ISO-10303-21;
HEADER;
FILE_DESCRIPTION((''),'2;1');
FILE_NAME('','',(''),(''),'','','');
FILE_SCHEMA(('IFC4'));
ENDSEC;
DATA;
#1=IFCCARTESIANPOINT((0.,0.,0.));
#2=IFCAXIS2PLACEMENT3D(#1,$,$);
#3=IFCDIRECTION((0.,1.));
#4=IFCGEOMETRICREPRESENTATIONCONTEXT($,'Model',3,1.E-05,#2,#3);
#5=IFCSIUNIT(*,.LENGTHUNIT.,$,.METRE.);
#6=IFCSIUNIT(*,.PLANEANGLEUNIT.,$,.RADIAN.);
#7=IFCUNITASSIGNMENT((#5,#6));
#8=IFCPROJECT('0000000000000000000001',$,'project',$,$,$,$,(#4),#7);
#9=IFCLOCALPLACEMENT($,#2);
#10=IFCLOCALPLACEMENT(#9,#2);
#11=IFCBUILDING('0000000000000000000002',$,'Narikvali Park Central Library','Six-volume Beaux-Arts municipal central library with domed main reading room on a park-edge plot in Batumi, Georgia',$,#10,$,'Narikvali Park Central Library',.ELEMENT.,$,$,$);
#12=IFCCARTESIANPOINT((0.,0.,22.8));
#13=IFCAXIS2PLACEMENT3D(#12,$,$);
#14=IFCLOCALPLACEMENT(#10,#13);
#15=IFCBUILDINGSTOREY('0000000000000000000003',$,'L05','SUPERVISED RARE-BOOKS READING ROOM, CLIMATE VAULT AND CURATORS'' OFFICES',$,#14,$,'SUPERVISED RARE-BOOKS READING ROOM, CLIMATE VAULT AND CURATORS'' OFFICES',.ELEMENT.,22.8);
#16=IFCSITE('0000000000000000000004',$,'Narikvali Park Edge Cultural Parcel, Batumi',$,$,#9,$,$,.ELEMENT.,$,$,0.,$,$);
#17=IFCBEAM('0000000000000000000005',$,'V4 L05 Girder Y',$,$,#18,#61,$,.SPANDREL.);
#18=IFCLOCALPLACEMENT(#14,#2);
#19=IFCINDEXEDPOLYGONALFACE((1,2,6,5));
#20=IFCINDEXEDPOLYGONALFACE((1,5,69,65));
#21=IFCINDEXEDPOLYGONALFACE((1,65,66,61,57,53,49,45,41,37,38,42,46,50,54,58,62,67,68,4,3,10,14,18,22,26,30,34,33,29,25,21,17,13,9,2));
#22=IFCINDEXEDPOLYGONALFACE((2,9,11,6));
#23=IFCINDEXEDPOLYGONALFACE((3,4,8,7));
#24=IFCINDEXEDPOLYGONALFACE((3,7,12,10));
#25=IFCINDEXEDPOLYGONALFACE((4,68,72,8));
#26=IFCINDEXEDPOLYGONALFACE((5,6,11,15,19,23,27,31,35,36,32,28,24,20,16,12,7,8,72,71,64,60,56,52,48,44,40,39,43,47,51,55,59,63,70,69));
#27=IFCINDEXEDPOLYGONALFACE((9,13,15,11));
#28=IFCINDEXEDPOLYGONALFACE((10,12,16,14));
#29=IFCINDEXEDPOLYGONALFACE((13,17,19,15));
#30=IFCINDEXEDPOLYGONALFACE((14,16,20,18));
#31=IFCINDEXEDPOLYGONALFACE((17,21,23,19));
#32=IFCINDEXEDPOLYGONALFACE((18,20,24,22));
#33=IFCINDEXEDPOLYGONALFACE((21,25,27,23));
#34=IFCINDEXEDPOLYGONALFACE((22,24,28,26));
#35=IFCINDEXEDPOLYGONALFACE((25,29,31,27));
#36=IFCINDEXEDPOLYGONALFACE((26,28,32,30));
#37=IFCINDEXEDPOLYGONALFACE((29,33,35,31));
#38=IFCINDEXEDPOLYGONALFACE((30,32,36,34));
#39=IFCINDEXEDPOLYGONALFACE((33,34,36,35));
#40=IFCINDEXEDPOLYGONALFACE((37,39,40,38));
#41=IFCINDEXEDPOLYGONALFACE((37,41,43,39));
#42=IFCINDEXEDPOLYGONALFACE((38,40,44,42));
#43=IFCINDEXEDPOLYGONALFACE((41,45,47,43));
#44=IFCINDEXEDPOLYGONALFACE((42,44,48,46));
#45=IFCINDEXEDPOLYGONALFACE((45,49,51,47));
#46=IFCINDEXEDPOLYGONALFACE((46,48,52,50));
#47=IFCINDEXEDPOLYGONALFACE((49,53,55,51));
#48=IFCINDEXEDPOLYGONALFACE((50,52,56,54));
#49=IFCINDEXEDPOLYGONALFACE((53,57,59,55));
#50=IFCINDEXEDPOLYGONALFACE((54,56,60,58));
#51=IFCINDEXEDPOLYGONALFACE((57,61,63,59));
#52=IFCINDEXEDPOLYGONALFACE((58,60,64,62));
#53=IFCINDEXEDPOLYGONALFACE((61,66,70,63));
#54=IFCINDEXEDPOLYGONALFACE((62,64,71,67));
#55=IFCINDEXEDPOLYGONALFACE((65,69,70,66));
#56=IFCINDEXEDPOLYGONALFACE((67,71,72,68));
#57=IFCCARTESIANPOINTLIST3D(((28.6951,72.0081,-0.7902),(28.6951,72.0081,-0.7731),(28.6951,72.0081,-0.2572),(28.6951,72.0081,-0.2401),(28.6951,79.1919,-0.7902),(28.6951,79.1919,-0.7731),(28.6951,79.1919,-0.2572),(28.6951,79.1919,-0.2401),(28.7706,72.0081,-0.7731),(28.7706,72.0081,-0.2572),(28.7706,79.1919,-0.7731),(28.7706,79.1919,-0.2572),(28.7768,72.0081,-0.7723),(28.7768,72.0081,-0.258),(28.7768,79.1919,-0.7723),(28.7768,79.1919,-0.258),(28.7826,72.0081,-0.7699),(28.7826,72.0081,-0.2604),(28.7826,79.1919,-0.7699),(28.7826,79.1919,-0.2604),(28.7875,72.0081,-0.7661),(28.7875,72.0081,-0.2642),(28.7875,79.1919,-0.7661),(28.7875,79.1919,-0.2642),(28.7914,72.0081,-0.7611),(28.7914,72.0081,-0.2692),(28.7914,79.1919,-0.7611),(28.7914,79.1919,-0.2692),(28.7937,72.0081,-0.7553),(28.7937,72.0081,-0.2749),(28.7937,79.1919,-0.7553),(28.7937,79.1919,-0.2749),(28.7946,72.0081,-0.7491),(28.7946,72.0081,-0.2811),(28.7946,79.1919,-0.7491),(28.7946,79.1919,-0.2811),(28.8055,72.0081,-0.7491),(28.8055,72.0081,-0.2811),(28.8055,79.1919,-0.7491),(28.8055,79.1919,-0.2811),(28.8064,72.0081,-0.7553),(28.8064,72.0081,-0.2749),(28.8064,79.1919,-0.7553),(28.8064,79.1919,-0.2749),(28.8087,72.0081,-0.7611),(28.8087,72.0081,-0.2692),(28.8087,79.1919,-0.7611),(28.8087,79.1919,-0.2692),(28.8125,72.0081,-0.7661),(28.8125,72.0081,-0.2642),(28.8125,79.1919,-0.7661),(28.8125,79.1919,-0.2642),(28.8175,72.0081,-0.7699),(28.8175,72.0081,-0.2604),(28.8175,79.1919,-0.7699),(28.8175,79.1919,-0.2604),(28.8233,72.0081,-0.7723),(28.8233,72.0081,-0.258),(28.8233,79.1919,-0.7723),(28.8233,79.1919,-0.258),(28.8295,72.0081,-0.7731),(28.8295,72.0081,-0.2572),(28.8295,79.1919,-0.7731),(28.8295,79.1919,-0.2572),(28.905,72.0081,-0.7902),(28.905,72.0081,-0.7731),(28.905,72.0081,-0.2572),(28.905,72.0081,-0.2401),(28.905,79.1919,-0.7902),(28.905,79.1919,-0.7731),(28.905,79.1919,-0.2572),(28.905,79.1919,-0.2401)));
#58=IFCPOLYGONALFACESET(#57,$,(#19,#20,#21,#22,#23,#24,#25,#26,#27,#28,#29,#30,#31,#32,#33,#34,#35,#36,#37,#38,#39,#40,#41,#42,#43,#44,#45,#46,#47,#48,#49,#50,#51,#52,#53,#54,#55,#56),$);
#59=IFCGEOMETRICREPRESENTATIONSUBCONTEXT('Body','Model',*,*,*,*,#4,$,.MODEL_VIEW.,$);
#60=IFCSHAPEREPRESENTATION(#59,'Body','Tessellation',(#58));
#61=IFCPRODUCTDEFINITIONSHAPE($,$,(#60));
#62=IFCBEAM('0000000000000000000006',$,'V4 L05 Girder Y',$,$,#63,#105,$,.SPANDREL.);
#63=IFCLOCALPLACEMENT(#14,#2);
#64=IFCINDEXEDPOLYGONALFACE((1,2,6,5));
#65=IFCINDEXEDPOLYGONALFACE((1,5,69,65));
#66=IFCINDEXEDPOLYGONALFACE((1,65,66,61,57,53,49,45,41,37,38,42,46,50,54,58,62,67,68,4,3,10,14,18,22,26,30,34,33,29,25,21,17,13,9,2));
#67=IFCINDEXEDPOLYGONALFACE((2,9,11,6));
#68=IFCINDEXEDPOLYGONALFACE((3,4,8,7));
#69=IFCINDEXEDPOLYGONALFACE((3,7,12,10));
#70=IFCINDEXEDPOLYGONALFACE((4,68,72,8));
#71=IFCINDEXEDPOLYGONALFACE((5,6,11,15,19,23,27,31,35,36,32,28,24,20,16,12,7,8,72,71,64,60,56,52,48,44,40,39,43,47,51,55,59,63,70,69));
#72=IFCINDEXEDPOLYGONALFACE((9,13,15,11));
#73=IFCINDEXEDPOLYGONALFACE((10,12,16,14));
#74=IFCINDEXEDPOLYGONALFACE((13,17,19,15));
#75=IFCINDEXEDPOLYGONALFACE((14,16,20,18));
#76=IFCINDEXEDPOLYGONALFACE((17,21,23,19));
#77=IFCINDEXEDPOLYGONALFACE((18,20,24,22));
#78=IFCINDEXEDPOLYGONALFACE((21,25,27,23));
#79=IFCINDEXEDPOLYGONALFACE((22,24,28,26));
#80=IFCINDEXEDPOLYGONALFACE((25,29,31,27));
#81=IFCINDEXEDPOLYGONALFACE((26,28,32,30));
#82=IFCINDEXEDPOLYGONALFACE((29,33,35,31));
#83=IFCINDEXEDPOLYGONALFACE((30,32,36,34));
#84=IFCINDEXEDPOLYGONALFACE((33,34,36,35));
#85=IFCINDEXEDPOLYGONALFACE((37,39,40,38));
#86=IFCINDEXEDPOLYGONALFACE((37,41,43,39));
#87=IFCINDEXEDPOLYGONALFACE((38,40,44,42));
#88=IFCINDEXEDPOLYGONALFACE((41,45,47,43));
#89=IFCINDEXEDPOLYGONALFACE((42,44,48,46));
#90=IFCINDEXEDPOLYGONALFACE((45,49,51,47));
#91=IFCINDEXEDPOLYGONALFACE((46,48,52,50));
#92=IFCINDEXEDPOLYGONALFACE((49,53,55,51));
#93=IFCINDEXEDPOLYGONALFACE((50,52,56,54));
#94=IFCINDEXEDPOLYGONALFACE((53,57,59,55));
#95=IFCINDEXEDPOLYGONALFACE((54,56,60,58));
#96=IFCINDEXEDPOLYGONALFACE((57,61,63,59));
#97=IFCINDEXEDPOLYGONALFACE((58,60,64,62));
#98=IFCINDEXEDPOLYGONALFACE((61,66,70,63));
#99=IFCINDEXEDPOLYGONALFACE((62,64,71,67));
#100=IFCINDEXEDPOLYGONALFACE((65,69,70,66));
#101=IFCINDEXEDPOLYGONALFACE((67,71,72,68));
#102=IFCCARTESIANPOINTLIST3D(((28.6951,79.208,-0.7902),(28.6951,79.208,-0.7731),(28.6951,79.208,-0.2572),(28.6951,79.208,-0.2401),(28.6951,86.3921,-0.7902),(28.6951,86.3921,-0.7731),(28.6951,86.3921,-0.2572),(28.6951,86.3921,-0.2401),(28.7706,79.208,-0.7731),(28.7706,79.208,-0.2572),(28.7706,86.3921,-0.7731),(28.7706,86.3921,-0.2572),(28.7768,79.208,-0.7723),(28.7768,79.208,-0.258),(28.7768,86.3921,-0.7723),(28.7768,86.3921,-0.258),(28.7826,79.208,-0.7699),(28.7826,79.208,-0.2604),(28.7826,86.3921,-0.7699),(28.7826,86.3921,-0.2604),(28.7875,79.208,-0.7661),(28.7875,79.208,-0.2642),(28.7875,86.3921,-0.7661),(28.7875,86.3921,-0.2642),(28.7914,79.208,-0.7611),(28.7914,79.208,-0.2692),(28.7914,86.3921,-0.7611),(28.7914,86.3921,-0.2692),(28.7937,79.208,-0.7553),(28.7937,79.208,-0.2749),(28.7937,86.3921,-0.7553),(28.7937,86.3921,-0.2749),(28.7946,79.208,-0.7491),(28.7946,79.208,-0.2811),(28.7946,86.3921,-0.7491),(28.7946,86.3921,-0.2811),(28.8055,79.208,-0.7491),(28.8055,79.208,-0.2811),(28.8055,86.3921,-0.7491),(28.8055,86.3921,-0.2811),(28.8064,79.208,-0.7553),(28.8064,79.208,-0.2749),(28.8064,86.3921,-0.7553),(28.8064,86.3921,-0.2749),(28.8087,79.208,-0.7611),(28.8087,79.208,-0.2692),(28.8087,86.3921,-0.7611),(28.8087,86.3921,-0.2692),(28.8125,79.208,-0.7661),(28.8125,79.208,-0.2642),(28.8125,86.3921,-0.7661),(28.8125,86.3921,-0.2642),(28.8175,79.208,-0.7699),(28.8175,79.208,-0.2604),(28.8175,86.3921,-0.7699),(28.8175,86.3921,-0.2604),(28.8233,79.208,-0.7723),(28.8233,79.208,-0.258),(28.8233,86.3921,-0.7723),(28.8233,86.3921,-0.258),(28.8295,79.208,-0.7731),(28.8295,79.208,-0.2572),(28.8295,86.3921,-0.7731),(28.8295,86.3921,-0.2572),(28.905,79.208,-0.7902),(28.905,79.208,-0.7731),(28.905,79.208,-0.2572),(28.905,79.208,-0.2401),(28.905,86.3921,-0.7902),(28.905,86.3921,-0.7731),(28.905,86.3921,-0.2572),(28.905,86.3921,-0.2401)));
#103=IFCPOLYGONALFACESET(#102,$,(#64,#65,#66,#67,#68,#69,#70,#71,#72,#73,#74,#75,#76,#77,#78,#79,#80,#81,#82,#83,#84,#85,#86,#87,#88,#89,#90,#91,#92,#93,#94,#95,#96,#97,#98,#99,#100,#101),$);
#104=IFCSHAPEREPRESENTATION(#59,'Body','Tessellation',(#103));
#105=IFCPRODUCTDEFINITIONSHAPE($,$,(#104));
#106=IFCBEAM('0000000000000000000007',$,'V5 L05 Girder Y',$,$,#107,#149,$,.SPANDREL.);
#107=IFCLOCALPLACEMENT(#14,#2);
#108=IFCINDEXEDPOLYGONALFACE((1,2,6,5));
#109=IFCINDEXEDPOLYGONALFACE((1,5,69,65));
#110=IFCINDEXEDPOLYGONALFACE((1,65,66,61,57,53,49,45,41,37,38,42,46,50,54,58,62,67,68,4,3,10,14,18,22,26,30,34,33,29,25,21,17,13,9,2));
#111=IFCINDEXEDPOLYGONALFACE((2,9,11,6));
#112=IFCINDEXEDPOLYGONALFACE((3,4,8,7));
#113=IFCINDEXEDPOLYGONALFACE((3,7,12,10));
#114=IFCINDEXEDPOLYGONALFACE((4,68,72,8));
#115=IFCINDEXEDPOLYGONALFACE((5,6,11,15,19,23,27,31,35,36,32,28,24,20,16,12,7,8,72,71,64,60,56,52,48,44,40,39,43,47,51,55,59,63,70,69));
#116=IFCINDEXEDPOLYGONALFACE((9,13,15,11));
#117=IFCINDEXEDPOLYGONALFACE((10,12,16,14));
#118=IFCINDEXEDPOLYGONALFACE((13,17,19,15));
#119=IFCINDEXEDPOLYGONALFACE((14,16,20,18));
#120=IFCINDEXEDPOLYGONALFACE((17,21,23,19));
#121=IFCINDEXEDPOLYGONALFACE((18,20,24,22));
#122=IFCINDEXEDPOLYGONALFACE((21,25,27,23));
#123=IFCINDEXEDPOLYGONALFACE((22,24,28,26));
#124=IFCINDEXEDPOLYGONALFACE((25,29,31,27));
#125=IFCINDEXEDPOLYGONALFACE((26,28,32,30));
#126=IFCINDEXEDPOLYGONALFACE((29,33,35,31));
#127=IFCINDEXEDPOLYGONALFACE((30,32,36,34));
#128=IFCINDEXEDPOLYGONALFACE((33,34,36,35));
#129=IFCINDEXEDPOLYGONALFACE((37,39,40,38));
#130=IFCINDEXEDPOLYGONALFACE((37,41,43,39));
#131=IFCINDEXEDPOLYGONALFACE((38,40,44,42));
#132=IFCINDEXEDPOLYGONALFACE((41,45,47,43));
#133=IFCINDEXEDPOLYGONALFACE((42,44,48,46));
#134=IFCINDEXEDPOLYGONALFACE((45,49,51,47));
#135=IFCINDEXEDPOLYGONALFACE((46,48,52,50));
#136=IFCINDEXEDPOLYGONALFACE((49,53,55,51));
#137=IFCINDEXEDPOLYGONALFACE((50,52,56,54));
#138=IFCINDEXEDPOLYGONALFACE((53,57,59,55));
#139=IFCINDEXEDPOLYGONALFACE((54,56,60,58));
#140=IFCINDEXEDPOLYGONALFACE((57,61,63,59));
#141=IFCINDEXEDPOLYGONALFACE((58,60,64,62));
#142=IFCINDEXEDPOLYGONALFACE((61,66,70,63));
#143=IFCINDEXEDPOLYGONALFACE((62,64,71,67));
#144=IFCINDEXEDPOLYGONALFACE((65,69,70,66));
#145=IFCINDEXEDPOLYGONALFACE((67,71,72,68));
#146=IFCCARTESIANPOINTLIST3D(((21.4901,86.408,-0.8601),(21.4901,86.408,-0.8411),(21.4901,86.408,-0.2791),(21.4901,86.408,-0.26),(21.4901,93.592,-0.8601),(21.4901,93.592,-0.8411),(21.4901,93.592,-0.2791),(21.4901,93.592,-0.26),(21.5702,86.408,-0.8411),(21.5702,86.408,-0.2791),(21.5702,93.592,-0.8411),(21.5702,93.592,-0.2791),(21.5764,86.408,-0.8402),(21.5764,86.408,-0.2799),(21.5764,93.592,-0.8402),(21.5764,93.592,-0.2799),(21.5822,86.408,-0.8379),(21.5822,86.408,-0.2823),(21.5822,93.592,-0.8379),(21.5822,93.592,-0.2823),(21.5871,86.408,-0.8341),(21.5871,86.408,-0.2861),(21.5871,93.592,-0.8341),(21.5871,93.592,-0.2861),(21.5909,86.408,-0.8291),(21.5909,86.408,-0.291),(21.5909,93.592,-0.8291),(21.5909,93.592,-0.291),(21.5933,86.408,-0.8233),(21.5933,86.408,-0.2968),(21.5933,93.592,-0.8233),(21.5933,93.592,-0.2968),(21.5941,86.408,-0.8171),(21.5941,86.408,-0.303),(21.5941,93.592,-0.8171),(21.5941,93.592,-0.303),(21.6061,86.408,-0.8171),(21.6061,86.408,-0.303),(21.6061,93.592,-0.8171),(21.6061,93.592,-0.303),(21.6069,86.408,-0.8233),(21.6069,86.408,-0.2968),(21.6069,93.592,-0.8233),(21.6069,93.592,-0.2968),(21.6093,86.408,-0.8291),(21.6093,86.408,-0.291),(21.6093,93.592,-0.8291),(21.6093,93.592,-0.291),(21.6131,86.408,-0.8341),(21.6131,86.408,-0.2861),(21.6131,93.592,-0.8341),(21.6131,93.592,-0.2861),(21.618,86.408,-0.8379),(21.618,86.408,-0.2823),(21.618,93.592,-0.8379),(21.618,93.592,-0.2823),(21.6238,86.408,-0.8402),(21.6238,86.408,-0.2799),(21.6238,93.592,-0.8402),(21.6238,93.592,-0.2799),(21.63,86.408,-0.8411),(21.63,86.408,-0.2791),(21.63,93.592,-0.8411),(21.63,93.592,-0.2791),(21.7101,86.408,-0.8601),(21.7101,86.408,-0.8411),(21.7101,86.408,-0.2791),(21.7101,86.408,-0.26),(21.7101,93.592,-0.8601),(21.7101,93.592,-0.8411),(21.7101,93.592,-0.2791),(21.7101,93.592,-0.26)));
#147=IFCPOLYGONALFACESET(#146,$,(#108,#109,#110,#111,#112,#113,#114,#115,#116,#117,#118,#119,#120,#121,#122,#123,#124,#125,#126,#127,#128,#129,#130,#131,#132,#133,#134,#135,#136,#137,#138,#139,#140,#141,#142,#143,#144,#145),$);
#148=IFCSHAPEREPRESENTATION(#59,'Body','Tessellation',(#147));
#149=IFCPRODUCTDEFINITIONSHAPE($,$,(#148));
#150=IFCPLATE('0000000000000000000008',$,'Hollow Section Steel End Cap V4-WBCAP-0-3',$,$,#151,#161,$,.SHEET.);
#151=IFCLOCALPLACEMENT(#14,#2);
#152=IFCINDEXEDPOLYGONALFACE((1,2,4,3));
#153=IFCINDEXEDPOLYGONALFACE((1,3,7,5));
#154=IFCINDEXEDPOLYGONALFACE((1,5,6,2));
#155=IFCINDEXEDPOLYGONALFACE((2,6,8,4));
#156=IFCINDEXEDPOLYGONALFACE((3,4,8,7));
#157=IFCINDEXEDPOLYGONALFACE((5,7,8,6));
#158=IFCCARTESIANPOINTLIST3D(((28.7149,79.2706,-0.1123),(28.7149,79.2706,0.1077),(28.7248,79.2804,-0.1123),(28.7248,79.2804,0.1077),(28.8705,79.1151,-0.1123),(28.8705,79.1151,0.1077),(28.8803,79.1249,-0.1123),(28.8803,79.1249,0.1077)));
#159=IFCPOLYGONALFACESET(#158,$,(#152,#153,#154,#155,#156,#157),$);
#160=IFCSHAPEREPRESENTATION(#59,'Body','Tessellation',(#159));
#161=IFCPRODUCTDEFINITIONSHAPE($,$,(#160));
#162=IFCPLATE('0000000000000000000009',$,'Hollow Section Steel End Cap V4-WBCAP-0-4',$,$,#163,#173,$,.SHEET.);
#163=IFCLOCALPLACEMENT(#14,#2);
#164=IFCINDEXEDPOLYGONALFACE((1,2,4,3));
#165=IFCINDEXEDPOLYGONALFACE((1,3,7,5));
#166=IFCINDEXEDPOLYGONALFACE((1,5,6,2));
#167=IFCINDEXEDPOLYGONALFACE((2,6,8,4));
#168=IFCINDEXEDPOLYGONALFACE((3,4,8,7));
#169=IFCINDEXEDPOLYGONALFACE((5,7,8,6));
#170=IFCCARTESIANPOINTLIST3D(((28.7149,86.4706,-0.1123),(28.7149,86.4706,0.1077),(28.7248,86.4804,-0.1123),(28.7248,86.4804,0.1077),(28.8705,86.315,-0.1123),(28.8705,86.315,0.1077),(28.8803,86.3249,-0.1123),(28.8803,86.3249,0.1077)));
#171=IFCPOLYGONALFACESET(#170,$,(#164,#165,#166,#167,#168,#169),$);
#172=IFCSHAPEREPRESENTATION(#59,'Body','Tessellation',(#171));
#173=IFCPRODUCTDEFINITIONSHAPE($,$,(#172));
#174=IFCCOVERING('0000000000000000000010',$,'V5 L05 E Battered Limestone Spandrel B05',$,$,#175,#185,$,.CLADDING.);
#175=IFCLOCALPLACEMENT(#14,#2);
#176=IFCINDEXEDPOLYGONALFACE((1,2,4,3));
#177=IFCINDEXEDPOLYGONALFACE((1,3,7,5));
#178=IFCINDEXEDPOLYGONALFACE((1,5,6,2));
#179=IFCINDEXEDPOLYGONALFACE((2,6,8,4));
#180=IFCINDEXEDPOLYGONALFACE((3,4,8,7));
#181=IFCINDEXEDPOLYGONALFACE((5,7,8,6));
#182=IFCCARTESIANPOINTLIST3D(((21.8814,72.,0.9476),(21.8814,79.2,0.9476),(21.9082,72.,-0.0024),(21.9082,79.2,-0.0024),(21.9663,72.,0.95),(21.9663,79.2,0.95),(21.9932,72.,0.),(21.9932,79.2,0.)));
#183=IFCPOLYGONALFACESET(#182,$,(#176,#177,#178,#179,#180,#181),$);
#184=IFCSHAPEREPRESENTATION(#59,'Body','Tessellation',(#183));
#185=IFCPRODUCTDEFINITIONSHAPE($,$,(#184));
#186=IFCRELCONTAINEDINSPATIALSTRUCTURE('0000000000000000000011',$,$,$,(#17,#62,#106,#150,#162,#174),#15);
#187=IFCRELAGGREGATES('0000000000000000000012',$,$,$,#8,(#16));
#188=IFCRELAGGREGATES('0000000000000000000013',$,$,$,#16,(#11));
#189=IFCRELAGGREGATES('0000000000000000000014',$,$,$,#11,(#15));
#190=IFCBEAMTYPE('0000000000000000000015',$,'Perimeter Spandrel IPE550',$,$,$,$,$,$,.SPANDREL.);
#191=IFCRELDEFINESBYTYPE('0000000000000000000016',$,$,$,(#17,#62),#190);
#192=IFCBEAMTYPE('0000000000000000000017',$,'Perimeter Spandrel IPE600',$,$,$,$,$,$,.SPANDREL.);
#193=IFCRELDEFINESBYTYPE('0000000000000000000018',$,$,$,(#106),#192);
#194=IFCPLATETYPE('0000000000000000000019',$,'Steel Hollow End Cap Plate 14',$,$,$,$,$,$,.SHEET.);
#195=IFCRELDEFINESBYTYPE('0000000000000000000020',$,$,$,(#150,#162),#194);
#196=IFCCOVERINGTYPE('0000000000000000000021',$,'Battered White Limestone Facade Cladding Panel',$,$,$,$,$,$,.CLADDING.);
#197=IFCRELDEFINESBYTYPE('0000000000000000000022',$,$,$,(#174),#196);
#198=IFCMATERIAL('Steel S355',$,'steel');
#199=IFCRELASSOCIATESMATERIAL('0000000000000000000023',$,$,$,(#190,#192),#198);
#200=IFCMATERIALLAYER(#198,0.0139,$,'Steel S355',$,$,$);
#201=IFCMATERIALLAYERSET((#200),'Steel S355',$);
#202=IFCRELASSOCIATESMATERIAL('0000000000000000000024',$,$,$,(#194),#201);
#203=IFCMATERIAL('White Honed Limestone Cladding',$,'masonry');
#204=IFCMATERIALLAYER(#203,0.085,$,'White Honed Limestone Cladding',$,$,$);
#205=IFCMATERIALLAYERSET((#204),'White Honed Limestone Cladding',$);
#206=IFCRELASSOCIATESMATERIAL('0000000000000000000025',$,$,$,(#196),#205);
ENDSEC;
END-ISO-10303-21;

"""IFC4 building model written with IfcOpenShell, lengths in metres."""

from ifc_helpers import new_model, si_unit, direction, frame, origin, origin_2d, place, context, subcontext, project, spatial, polyline, rectangle, i_section, outline, extrude, material, layer, layer_set, material_profile, profile_set, type_object, element, save


model = new_model("IFC4")

# Units and contexts
model_context = context("Model", 3, precision=1e-05, world=origin(), true_north=direction((0.0, 1.0)))
body_context = subcontext(model_context, "Body", "Model", "MODEL_VIEW")
ifc_project = project(units=[si_unit("LENGTHUNIT", "METRE"), si_unit("PLANEANGLEUNIT", "RADIAN")], contexts=[model_context])

# Site, building, storey
site_placement = place(None, origin())
site = spatial("IfcSite", under=ifc_project, at=site_placement, Name="Narikvali Park Edge Cultural Parcel, Batumi", CompositionType="ELEMENT", RefElevation=0.0)
building_placement = place(site_placement, origin())
building = spatial("IfcBuilding", under=site, at=building_placement, Name="Narikvali Park Central Library", Description="Six-volume Beaux-Arts municipal central library with domed main reading room on a park-edge plot in Batumi, Georgia", LongName="Narikvali Park Central Library", CompositionType="ELEMENT")
storey_placement = place(building_placement, frame((0.0, 0.0, 22.8)))
storey = spatial("IfcBuildingStorey", under=building, at=storey_placement, Name="L05", Description="SUPERVISED RARE-BOOKS READING ROOM, CLIMATE VAULT AND CURATORS' OFFICES", LongName="SUPERVISED RARE-BOOKS READING ROOM, CLIMATE VAULT AND CURATORS' OFFICES", CompositionType="ELEMENT", Elevation=22.8)

# Shared definitions
ifc_material_1 = material(Name="Steel S355", Category="steel")

# Beams
ifc_material_profile_1 = material_profile(ifc_material_1, i_section(OverallWidth=0.21, OverallDepth=0.55, WebThickness=0.011, FlangeThickness=0.0171, FilletRadius=0.0239, at=origin_2d()), Name="IPE 550")
ifc_profile_set_1 = profile_set([ifc_material_profile_1], Name="Steel S355")
beam_type_1 = type_object("IfcBeamType", Name="Perimeter Spandrel IPE550", PredefinedType="SPANDREL", material=ifc_profile_set_1)
beam_1_placement = place(storey_placement, frame((28.8, 72.0081, -0.5151), z_axis=(0.0, 1.0, 0.0), x_axis=(-1.0, 0.0, 0.0)))
element("IfcBeam", 1, at=beam_1_placement, inside=storey, type_object=beam_type_1, Name="V4 L05 Girder Y", PredefinedType="SPANDREL", context=body_context, shape_type="SweptSolid", body=[
    extrude(i_section(OverallWidth=0.21, OverallDepth=0.55, WebThickness=0.011, FlangeThickness=0.0171, FilletRadius=0.0239, at=origin_2d()), origin(), (0.0, 0.0, 1.0), 7.1838),
])
beam_2_placement = place(storey_placement, frame((28.8, 79.208, -0.5151), z_axis=(0.0, 1.0, 0.0), x_axis=(-1.0, 0.0, 0.0)))
element("IfcBeam", 2, at=beam_2_placement, inside=storey, type_object=beam_type_1, Name="V4 L05 Girder Y", PredefinedType="SPANDREL", context=body_context, shape_type="SweptSolid", body=[
    extrude(i_section(OverallWidth=0.21, OverallDepth=0.55, WebThickness=0.011, FlangeThickness=0.0171, FilletRadius=0.0239, at=origin_2d()), origin(), (0.0, 0.0, 1.0), 7.1841),
])
ifc_material_profile_2 = material_profile(ifc_material_1, i_section(OverallWidth=0.22, OverallDepth=0.6001, WebThickness=0.012, FlangeThickness=0.019, FilletRadius=0.0239, at=origin_2d()), Name="IPE 600")
ifc_profile_set_2 = profile_set([ifc_material_profile_2], Name="Steel S355")
beam_type_2 = type_object("IfcBeamType", Name="Perimeter Spandrel IPE600", PredefinedType="SPANDREL", material=ifc_profile_set_2)
beam_3_placement = place(storey_placement, frame((21.6001, 86.408, -0.5601), z_axis=(0.0, 1.0, 0.0), x_axis=(-1.0, 0.0, 0.0)))
element("IfcBeam", 3, at=beam_3_placement, inside=storey, type_object=beam_type_2, Name="V5 L05 Girder Y", PredefinedType="SPANDREL", context=body_context, shape_type="SweptSolid", body=[
    extrude(i_section(OverallWidth=0.22, OverallDepth=0.6001, WebThickness=0.012, FlangeThickness=0.019, FilletRadius=0.0239, at=origin_2d()), origin(), (0.0, 0.0, 1.0), 7.1841),
])

# Plates
ifc_layer_1 = layer(ifc_material_1, 0.0139, Name="Steel S355")
ifc_layer_set_1 = layer_set([ifc_layer_1], Name="Steel S355")
plate_type = type_object("IfcPlateType", Name="Steel Hollow End Cap Plate 14", PredefinedType="SHEET", material=ifc_layer_set_1)
for number, where, z_axis, x_axis, name in (
    (4, (28.7976, 79.1978, -0.1123), (0.0, 0.0, 1.0), (-0.707107, 0.707107, 0.0), "Hollow Section Steel End Cap V4-WBCAP-0-3"),
    (5, (28.7976, 86.3977, -0.1123), (0.0, 0.0, 1.0), (-0.707107, 0.707107, 0.0), "Hollow Section Steel End Cap V4-WBCAP-0-4"),
):
    element("IfcPlate", number, at=place(storey_placement, frame(where, z_axis=z_axis, x_axis=x_axis)), inside=storey, type_object=plate_type, Name=name, PredefinedType="SHEET", context=body_context, shape_type="SweptSolid", body=[
        extrude(rectangle(XDim=0.22, YDim=0.0139, at=origin_2d()), origin(), (0.0, 0.0, 1.0), 0.22),
    ])

# Covering
ifc_material_2 = material(Name="White Honed Limestone Cladding", Category="masonry")
ifc_layer_2 = layer(ifc_material_2, 0.085, Name="White Honed Limestone Cladding")
ifc_layer_set_2 = layer_set([ifc_layer_2], Name="White Honed Limestone Cladding")
covering_type = type_object("IfcCoveringType", Name="Battered White Limestone Facade Cladding Panel", PredefinedType="CLADDING", material=ifc_layer_set_2)
covering_1_placement = place(storey_placement, frame((21.9932, 72.0, 0.0), z_axis=(0.999601, 0.0, 0.028259), x_axis=(0.0, 1.0, 0.0)))
element("IfcCovering", 6, at=covering_1_placement, inside=storey, type_object=covering_type, Name="V5 L05 E Battered Limestone Spandrel B05", PredefinedType="CLADDING", context=body_context, shape_type="SweptSolid", body=[
    extrude(outline(polyline([(0.0, 0.0), (7.2, 0.0), (7.2, 0.9503), (0.0, 0.9503), (0.0, 0.0)])), origin(), (0.0, 0.0, -1.0), 0.085),
])

save(model, "model.ifc")
